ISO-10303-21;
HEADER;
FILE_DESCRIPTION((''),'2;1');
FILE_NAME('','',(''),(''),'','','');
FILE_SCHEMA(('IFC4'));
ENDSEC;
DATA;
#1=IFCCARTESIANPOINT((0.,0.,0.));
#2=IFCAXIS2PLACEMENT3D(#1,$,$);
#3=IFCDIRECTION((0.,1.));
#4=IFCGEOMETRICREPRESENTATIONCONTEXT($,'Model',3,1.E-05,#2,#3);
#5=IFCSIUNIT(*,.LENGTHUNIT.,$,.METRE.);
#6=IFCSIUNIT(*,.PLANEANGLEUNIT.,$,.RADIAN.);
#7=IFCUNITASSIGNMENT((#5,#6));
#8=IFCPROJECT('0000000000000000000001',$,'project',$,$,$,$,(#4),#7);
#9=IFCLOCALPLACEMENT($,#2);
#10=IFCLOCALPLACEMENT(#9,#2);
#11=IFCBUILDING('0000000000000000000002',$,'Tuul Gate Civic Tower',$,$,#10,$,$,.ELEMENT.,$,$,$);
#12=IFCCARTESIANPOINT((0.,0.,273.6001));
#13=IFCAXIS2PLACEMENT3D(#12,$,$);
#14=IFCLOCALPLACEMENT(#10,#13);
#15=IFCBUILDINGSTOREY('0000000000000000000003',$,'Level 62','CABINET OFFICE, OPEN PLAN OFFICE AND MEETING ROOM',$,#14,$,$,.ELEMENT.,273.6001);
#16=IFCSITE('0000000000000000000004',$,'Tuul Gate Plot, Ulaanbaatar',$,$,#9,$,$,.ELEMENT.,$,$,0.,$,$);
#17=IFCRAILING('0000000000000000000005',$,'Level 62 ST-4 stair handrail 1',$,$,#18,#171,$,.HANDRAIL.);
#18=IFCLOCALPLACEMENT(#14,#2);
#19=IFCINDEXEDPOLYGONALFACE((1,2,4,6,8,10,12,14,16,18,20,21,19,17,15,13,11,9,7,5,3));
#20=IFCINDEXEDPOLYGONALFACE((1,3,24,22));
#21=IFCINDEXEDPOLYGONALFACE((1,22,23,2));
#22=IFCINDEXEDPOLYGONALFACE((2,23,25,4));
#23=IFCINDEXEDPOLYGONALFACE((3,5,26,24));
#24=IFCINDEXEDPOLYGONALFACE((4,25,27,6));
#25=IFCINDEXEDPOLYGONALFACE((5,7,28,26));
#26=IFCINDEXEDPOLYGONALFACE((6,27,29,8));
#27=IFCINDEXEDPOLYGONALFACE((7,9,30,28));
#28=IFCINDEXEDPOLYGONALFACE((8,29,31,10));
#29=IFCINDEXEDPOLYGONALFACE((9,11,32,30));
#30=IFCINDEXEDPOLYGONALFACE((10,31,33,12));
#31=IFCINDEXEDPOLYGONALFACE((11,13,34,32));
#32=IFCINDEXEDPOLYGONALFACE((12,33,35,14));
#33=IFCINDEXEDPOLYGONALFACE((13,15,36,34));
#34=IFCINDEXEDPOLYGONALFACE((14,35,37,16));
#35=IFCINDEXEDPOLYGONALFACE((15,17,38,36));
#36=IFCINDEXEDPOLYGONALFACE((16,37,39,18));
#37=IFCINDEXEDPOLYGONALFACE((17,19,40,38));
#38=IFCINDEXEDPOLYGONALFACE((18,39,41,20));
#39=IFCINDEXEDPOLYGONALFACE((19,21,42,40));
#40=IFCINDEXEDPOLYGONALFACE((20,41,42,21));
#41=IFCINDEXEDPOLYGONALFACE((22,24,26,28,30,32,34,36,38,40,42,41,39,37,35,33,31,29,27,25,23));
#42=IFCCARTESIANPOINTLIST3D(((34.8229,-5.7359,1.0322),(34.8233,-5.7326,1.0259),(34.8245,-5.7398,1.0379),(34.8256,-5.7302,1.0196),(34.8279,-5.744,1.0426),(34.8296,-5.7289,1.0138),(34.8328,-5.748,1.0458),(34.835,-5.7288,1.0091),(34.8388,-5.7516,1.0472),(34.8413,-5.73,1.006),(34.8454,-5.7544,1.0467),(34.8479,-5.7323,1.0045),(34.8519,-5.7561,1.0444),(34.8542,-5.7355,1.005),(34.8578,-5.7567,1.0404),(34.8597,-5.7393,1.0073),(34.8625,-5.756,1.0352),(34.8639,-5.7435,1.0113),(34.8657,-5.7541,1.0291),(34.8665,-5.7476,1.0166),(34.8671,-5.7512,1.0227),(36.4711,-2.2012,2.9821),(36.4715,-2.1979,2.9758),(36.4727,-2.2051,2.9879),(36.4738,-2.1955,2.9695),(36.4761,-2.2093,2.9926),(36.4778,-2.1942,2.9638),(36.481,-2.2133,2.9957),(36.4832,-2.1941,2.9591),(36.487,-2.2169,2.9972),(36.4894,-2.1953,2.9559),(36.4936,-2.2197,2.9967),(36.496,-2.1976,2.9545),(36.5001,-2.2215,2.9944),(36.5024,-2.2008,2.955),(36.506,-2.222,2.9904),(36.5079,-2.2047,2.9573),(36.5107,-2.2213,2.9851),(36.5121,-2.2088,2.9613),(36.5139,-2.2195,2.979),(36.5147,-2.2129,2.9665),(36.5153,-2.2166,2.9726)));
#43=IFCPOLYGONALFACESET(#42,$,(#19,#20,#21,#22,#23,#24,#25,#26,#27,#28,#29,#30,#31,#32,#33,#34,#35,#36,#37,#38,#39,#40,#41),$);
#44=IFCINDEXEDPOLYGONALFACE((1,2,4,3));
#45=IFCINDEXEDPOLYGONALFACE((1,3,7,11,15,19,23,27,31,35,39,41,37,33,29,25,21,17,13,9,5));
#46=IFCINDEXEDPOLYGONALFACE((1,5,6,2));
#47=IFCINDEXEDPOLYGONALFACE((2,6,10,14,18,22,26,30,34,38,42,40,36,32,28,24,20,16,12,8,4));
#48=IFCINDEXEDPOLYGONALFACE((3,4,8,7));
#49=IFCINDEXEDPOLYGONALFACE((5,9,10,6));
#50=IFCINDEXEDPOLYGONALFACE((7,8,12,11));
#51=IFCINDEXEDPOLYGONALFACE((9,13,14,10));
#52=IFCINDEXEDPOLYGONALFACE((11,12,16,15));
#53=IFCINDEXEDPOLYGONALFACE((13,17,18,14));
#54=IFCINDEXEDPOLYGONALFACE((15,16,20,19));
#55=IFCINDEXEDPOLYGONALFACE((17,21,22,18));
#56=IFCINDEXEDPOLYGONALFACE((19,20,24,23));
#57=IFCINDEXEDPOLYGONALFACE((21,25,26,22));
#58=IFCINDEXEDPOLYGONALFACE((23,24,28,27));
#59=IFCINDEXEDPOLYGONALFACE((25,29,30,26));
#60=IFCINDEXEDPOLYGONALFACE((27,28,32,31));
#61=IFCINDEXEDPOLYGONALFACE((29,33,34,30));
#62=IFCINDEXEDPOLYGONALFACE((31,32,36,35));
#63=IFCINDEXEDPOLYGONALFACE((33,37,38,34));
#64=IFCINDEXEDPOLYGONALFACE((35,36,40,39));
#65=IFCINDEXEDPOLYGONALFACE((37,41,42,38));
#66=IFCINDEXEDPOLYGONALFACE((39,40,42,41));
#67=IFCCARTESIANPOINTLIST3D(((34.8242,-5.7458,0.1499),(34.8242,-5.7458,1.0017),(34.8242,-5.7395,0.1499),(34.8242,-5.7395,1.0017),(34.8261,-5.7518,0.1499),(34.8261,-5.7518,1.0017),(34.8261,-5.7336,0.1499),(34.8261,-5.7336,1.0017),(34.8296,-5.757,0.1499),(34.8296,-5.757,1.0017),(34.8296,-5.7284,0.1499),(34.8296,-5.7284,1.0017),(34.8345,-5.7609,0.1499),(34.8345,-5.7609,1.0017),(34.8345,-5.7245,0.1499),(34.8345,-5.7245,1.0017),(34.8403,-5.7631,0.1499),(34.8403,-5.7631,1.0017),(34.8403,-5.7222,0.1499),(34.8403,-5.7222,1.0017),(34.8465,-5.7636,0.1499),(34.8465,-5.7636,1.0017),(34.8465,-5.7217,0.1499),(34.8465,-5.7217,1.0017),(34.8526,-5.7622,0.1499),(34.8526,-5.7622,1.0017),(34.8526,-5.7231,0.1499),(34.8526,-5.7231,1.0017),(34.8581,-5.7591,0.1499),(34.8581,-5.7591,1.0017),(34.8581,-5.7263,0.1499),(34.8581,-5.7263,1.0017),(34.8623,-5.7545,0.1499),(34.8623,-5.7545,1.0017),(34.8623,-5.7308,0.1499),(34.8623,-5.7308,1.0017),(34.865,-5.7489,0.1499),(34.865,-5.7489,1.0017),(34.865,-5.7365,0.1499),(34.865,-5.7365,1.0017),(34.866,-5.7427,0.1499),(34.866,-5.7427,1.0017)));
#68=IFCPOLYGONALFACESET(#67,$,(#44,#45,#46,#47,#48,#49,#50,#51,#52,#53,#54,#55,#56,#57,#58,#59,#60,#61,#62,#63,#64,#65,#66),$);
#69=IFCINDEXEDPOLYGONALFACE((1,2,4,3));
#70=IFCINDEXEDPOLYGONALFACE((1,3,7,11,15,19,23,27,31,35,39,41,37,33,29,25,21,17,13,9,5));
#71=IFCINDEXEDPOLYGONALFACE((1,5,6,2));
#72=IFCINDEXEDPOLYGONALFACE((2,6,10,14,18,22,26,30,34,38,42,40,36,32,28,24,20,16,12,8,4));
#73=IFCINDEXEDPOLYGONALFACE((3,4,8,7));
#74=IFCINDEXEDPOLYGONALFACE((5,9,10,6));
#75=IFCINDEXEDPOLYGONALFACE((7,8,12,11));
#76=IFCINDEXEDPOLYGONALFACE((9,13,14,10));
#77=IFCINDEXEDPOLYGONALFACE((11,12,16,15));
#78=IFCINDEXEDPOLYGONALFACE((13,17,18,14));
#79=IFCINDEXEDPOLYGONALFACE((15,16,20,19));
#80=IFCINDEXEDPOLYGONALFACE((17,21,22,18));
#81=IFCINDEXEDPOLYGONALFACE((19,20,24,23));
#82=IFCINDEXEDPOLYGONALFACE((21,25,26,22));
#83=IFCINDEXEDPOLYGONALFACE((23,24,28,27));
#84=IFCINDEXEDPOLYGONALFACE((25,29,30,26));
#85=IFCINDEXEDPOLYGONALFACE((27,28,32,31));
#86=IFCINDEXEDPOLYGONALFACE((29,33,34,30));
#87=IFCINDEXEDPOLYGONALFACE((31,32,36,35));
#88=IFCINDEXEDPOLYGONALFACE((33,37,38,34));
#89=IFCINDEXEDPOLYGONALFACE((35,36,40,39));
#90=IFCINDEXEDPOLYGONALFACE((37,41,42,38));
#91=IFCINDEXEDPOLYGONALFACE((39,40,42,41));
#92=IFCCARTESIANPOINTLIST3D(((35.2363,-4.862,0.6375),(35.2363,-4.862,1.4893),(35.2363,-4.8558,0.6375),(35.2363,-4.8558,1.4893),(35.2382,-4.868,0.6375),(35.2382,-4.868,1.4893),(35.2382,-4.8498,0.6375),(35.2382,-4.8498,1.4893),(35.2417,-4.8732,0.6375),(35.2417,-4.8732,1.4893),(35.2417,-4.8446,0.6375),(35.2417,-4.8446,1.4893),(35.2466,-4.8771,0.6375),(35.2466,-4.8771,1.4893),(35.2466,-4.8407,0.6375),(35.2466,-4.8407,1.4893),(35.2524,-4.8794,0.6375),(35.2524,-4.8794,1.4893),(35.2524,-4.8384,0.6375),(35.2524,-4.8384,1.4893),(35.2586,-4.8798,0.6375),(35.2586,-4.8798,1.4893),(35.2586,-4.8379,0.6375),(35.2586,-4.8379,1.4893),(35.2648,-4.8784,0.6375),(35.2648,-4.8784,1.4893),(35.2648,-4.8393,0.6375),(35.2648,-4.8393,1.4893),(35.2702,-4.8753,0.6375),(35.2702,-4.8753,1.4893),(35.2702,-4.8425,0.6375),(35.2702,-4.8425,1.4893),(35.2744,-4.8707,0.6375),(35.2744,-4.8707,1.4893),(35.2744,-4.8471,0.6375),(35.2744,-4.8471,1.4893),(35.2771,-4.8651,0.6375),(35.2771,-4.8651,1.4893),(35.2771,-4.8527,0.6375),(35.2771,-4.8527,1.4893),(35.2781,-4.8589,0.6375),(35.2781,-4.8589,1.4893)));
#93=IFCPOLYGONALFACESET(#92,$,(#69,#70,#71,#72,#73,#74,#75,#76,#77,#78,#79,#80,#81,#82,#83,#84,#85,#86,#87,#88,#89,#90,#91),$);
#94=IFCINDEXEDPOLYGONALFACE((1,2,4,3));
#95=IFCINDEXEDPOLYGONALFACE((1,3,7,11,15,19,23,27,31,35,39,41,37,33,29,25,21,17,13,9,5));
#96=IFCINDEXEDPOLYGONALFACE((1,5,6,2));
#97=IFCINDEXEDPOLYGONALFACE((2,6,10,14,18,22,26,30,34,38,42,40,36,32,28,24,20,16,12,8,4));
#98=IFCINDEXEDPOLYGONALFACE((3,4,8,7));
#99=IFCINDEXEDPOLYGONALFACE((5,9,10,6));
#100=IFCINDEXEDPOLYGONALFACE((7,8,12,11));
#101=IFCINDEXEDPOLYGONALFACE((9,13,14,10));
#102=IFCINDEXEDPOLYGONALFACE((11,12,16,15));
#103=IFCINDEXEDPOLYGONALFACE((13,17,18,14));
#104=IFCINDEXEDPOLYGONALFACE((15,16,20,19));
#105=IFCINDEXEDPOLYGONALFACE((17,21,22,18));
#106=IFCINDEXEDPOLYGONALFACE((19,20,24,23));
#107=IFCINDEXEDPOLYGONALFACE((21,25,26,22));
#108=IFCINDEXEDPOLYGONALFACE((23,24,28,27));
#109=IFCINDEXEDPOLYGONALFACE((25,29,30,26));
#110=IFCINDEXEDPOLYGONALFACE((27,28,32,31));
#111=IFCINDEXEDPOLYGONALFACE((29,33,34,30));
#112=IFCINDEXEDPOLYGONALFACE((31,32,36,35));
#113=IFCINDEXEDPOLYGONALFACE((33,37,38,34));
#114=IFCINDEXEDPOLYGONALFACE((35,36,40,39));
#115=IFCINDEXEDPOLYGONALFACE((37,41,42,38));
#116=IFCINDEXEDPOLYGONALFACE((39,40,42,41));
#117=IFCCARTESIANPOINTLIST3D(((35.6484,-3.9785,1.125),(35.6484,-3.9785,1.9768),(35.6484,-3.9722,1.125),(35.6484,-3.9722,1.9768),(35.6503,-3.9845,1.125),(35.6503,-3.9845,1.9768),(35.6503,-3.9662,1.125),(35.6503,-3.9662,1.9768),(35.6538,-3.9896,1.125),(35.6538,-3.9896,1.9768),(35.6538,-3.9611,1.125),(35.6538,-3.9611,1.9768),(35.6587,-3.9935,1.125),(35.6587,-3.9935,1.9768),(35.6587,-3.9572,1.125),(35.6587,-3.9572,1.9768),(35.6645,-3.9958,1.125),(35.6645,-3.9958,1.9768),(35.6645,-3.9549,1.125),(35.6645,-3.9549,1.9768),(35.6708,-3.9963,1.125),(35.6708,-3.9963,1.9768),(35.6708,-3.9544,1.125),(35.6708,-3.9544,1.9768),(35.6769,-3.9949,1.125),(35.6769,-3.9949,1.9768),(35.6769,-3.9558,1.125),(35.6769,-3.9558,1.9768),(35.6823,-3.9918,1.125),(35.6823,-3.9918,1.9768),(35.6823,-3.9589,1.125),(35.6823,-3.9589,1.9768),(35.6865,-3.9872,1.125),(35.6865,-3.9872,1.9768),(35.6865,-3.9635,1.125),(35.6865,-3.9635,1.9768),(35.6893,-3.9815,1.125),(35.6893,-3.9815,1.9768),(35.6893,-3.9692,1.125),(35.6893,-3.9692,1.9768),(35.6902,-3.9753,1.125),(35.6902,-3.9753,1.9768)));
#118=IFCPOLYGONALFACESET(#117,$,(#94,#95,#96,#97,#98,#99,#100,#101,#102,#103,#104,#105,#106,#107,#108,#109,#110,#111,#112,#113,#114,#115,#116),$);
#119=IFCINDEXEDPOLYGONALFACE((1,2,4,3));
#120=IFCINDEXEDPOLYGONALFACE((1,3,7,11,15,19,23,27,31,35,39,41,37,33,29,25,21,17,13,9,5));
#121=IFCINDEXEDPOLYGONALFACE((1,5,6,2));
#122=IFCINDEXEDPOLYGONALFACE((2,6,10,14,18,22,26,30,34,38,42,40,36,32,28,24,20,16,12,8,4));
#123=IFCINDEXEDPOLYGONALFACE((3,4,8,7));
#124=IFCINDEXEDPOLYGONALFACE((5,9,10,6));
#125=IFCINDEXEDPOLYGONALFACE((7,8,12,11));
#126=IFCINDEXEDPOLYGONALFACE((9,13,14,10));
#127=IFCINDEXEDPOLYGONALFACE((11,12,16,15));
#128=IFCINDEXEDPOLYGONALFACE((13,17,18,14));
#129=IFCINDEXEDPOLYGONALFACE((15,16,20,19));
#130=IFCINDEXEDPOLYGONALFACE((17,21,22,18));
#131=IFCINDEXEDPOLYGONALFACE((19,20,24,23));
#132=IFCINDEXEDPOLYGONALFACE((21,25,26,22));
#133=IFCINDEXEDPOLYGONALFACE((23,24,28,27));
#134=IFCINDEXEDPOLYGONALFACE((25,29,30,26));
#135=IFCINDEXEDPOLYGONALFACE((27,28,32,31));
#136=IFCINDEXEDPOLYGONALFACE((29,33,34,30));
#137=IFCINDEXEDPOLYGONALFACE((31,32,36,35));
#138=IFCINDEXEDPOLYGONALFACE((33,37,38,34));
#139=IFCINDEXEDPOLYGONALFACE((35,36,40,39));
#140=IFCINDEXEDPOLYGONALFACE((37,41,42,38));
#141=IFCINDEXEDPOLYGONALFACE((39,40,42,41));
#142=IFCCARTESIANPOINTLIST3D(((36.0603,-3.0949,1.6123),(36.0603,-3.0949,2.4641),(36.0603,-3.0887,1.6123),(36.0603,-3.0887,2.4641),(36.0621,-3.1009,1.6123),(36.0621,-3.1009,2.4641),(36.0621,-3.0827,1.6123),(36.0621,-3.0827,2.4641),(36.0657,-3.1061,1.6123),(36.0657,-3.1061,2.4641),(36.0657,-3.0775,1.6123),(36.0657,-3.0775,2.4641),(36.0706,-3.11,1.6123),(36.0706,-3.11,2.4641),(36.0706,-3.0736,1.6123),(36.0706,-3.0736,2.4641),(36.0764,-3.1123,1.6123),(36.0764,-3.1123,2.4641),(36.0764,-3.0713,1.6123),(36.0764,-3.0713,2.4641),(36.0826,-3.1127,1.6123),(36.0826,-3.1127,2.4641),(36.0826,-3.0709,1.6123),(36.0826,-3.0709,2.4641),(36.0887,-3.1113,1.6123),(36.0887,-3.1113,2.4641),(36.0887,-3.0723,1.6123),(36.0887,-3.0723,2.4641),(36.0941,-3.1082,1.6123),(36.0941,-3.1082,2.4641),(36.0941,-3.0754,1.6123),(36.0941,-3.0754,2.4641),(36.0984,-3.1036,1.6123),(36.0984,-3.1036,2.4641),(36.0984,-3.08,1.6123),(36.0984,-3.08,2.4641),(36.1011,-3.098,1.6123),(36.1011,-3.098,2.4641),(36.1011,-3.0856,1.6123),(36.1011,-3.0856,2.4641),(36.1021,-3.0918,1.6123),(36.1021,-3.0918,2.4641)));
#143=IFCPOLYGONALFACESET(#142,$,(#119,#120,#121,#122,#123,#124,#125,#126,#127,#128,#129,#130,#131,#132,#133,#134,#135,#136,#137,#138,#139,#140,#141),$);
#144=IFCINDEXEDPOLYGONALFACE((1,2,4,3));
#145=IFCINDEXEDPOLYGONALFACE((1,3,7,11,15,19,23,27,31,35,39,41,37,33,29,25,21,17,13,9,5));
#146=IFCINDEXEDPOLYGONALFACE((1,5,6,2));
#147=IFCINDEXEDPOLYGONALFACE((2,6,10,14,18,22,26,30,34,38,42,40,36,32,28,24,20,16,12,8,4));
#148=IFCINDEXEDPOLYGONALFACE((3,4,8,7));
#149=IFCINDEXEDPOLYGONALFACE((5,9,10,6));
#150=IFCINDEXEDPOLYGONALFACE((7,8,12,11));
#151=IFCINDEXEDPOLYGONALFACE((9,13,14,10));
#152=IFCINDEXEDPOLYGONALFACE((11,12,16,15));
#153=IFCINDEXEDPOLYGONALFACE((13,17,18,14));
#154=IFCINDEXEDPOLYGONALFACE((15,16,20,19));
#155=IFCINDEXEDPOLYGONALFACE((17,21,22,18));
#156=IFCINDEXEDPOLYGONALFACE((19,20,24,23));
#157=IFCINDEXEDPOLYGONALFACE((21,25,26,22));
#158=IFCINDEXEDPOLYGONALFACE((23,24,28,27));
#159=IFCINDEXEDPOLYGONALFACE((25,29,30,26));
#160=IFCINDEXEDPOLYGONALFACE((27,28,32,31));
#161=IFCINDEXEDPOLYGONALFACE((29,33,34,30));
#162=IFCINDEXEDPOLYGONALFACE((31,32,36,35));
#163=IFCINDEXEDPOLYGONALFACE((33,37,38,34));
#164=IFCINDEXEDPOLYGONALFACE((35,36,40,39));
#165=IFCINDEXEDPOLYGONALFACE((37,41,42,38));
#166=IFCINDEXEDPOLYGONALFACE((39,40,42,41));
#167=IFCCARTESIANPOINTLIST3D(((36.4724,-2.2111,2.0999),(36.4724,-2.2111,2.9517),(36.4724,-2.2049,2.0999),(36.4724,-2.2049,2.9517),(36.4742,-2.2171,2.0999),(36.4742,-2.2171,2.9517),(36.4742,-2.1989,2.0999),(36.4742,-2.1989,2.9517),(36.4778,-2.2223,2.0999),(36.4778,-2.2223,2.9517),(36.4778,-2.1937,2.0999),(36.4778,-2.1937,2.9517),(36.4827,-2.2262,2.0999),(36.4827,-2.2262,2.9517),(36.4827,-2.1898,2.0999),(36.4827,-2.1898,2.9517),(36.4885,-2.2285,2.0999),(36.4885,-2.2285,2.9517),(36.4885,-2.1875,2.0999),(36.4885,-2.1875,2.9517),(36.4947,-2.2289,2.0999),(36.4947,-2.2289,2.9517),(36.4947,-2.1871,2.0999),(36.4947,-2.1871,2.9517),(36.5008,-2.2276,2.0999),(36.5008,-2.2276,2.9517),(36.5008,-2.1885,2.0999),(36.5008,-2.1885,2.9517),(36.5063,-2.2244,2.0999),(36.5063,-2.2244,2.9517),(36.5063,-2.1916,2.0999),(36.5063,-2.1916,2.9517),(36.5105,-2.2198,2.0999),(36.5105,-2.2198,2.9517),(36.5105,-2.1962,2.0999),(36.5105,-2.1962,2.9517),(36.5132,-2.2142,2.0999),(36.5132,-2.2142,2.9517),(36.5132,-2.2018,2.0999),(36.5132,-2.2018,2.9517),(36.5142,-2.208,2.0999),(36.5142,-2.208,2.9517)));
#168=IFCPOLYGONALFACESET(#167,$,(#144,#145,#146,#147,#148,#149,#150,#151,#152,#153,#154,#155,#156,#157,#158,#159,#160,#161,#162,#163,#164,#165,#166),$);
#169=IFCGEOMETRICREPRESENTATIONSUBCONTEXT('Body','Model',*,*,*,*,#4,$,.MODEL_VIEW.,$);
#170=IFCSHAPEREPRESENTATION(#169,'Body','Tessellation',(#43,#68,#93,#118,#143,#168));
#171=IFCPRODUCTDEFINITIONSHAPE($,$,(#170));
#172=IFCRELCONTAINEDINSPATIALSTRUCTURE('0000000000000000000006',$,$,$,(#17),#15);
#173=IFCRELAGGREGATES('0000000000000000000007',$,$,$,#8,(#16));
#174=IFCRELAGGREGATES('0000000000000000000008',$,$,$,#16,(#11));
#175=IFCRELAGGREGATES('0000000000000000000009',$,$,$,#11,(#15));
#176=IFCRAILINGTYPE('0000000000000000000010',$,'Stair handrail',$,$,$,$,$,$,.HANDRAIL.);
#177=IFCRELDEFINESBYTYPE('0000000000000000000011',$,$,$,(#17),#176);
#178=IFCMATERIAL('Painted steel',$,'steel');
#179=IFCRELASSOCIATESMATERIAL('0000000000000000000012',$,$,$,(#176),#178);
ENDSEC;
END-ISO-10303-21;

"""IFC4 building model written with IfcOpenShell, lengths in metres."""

from ifc_helpers import new_model, si_unit, direction, frame, origin, origin_2d, place, context, subcontext, project, spatial, circle, extrude, material, type_object, element, save


model = new_model("IFC4")

# Units and contexts
model_context = context("Model", 3, precision=1e-05, world=origin(), true_north=direction((0.0, 1.0)))
body_context = subcontext(model_context, "Body", "Model", "MODEL_VIEW")
ifc_project = project(units=[si_unit("LENGTHUNIT", "METRE"), si_unit("PLANEANGLEUNIT", "RADIAN")], contexts=[model_context])

# Site, building, storey
site_placement = place(None, origin())
site = spatial("IfcSite", under=ifc_project, at=site_placement, Name="Tuul Gate Plot, Ulaanbaatar", CompositionType="ELEMENT", RefElevation=0.0)
building_placement = place(site_placement, origin())
building = spatial("IfcBuilding", under=site, at=building_placement, Name="Tuul Gate Civic Tower", CompositionType="ELEMENT")
storey_placement = place(building_placement, frame((0.0, 0.0, 273.6001)))
storey = spatial("IfcBuildingStorey", under=building, at=storey_placement, Name="Level 62", Description="CABINET OFFICE, OPEN PLAN OFFICE AND MEETING ROOM", CompositionType="ELEMENT", Elevation=273.6001)

# Railing
ifc_material_1 = material(Name="Painted steel", Category="steel")
railing_type_1 = type_object("IfcRailingType", Name="Stair handrail", PredefinedType="HANDRAIL", material=ifc_material_1)
railing_1_placement = place(storey_placement, frame((34.845, -5.7427, 0.1499)))
element("IfcRailing", 1, at=railing_1_placement, inside=storey, type_object=railing_type_1, Name="Level 62 ST-4 stair handrail 1", PredefinedType="HANDRAIL", context=body_context, shape_type="SweptSolid", body=[
    extrude(circle(Radius=0.0239, at=origin_2d()), frame((0.0, 0.0, 0.876), z_axis=(0.377995, 0.810637, 0.4472), x_axis=(-0.906313, 0.422608, 0.0)), (0.0, 0.0, 1.0), 4.3604),
    extrude(circle(Radius=0.021, at=origin_2d()), origin(), (0.0, 0.0, 1.0), 0.8518),
    extrude(circle(Radius=0.021, at=origin_2d()), frame((0.4121, 0.8838, 0.4875)), (0.0, 0.0, 1.0), 0.8518),
    extrude(circle(Radius=0.021, at=origin_2d()), frame((0.8242, 1.7673, 0.9751)), (0.0, 0.0, 1.0), 0.8518),
    extrude(circle(Radius=0.021, at=origin_2d()), frame((1.2361, 2.6509, 1.4624)), (0.0, 0.0, 1.0), 0.8518),
    extrude(circle(Radius=0.021, at=origin_2d()), frame((1.6482, 3.5347, 1.95)), (0.0, 0.0, 1.0), 0.8518),
])

save(model, "model.ifc")
